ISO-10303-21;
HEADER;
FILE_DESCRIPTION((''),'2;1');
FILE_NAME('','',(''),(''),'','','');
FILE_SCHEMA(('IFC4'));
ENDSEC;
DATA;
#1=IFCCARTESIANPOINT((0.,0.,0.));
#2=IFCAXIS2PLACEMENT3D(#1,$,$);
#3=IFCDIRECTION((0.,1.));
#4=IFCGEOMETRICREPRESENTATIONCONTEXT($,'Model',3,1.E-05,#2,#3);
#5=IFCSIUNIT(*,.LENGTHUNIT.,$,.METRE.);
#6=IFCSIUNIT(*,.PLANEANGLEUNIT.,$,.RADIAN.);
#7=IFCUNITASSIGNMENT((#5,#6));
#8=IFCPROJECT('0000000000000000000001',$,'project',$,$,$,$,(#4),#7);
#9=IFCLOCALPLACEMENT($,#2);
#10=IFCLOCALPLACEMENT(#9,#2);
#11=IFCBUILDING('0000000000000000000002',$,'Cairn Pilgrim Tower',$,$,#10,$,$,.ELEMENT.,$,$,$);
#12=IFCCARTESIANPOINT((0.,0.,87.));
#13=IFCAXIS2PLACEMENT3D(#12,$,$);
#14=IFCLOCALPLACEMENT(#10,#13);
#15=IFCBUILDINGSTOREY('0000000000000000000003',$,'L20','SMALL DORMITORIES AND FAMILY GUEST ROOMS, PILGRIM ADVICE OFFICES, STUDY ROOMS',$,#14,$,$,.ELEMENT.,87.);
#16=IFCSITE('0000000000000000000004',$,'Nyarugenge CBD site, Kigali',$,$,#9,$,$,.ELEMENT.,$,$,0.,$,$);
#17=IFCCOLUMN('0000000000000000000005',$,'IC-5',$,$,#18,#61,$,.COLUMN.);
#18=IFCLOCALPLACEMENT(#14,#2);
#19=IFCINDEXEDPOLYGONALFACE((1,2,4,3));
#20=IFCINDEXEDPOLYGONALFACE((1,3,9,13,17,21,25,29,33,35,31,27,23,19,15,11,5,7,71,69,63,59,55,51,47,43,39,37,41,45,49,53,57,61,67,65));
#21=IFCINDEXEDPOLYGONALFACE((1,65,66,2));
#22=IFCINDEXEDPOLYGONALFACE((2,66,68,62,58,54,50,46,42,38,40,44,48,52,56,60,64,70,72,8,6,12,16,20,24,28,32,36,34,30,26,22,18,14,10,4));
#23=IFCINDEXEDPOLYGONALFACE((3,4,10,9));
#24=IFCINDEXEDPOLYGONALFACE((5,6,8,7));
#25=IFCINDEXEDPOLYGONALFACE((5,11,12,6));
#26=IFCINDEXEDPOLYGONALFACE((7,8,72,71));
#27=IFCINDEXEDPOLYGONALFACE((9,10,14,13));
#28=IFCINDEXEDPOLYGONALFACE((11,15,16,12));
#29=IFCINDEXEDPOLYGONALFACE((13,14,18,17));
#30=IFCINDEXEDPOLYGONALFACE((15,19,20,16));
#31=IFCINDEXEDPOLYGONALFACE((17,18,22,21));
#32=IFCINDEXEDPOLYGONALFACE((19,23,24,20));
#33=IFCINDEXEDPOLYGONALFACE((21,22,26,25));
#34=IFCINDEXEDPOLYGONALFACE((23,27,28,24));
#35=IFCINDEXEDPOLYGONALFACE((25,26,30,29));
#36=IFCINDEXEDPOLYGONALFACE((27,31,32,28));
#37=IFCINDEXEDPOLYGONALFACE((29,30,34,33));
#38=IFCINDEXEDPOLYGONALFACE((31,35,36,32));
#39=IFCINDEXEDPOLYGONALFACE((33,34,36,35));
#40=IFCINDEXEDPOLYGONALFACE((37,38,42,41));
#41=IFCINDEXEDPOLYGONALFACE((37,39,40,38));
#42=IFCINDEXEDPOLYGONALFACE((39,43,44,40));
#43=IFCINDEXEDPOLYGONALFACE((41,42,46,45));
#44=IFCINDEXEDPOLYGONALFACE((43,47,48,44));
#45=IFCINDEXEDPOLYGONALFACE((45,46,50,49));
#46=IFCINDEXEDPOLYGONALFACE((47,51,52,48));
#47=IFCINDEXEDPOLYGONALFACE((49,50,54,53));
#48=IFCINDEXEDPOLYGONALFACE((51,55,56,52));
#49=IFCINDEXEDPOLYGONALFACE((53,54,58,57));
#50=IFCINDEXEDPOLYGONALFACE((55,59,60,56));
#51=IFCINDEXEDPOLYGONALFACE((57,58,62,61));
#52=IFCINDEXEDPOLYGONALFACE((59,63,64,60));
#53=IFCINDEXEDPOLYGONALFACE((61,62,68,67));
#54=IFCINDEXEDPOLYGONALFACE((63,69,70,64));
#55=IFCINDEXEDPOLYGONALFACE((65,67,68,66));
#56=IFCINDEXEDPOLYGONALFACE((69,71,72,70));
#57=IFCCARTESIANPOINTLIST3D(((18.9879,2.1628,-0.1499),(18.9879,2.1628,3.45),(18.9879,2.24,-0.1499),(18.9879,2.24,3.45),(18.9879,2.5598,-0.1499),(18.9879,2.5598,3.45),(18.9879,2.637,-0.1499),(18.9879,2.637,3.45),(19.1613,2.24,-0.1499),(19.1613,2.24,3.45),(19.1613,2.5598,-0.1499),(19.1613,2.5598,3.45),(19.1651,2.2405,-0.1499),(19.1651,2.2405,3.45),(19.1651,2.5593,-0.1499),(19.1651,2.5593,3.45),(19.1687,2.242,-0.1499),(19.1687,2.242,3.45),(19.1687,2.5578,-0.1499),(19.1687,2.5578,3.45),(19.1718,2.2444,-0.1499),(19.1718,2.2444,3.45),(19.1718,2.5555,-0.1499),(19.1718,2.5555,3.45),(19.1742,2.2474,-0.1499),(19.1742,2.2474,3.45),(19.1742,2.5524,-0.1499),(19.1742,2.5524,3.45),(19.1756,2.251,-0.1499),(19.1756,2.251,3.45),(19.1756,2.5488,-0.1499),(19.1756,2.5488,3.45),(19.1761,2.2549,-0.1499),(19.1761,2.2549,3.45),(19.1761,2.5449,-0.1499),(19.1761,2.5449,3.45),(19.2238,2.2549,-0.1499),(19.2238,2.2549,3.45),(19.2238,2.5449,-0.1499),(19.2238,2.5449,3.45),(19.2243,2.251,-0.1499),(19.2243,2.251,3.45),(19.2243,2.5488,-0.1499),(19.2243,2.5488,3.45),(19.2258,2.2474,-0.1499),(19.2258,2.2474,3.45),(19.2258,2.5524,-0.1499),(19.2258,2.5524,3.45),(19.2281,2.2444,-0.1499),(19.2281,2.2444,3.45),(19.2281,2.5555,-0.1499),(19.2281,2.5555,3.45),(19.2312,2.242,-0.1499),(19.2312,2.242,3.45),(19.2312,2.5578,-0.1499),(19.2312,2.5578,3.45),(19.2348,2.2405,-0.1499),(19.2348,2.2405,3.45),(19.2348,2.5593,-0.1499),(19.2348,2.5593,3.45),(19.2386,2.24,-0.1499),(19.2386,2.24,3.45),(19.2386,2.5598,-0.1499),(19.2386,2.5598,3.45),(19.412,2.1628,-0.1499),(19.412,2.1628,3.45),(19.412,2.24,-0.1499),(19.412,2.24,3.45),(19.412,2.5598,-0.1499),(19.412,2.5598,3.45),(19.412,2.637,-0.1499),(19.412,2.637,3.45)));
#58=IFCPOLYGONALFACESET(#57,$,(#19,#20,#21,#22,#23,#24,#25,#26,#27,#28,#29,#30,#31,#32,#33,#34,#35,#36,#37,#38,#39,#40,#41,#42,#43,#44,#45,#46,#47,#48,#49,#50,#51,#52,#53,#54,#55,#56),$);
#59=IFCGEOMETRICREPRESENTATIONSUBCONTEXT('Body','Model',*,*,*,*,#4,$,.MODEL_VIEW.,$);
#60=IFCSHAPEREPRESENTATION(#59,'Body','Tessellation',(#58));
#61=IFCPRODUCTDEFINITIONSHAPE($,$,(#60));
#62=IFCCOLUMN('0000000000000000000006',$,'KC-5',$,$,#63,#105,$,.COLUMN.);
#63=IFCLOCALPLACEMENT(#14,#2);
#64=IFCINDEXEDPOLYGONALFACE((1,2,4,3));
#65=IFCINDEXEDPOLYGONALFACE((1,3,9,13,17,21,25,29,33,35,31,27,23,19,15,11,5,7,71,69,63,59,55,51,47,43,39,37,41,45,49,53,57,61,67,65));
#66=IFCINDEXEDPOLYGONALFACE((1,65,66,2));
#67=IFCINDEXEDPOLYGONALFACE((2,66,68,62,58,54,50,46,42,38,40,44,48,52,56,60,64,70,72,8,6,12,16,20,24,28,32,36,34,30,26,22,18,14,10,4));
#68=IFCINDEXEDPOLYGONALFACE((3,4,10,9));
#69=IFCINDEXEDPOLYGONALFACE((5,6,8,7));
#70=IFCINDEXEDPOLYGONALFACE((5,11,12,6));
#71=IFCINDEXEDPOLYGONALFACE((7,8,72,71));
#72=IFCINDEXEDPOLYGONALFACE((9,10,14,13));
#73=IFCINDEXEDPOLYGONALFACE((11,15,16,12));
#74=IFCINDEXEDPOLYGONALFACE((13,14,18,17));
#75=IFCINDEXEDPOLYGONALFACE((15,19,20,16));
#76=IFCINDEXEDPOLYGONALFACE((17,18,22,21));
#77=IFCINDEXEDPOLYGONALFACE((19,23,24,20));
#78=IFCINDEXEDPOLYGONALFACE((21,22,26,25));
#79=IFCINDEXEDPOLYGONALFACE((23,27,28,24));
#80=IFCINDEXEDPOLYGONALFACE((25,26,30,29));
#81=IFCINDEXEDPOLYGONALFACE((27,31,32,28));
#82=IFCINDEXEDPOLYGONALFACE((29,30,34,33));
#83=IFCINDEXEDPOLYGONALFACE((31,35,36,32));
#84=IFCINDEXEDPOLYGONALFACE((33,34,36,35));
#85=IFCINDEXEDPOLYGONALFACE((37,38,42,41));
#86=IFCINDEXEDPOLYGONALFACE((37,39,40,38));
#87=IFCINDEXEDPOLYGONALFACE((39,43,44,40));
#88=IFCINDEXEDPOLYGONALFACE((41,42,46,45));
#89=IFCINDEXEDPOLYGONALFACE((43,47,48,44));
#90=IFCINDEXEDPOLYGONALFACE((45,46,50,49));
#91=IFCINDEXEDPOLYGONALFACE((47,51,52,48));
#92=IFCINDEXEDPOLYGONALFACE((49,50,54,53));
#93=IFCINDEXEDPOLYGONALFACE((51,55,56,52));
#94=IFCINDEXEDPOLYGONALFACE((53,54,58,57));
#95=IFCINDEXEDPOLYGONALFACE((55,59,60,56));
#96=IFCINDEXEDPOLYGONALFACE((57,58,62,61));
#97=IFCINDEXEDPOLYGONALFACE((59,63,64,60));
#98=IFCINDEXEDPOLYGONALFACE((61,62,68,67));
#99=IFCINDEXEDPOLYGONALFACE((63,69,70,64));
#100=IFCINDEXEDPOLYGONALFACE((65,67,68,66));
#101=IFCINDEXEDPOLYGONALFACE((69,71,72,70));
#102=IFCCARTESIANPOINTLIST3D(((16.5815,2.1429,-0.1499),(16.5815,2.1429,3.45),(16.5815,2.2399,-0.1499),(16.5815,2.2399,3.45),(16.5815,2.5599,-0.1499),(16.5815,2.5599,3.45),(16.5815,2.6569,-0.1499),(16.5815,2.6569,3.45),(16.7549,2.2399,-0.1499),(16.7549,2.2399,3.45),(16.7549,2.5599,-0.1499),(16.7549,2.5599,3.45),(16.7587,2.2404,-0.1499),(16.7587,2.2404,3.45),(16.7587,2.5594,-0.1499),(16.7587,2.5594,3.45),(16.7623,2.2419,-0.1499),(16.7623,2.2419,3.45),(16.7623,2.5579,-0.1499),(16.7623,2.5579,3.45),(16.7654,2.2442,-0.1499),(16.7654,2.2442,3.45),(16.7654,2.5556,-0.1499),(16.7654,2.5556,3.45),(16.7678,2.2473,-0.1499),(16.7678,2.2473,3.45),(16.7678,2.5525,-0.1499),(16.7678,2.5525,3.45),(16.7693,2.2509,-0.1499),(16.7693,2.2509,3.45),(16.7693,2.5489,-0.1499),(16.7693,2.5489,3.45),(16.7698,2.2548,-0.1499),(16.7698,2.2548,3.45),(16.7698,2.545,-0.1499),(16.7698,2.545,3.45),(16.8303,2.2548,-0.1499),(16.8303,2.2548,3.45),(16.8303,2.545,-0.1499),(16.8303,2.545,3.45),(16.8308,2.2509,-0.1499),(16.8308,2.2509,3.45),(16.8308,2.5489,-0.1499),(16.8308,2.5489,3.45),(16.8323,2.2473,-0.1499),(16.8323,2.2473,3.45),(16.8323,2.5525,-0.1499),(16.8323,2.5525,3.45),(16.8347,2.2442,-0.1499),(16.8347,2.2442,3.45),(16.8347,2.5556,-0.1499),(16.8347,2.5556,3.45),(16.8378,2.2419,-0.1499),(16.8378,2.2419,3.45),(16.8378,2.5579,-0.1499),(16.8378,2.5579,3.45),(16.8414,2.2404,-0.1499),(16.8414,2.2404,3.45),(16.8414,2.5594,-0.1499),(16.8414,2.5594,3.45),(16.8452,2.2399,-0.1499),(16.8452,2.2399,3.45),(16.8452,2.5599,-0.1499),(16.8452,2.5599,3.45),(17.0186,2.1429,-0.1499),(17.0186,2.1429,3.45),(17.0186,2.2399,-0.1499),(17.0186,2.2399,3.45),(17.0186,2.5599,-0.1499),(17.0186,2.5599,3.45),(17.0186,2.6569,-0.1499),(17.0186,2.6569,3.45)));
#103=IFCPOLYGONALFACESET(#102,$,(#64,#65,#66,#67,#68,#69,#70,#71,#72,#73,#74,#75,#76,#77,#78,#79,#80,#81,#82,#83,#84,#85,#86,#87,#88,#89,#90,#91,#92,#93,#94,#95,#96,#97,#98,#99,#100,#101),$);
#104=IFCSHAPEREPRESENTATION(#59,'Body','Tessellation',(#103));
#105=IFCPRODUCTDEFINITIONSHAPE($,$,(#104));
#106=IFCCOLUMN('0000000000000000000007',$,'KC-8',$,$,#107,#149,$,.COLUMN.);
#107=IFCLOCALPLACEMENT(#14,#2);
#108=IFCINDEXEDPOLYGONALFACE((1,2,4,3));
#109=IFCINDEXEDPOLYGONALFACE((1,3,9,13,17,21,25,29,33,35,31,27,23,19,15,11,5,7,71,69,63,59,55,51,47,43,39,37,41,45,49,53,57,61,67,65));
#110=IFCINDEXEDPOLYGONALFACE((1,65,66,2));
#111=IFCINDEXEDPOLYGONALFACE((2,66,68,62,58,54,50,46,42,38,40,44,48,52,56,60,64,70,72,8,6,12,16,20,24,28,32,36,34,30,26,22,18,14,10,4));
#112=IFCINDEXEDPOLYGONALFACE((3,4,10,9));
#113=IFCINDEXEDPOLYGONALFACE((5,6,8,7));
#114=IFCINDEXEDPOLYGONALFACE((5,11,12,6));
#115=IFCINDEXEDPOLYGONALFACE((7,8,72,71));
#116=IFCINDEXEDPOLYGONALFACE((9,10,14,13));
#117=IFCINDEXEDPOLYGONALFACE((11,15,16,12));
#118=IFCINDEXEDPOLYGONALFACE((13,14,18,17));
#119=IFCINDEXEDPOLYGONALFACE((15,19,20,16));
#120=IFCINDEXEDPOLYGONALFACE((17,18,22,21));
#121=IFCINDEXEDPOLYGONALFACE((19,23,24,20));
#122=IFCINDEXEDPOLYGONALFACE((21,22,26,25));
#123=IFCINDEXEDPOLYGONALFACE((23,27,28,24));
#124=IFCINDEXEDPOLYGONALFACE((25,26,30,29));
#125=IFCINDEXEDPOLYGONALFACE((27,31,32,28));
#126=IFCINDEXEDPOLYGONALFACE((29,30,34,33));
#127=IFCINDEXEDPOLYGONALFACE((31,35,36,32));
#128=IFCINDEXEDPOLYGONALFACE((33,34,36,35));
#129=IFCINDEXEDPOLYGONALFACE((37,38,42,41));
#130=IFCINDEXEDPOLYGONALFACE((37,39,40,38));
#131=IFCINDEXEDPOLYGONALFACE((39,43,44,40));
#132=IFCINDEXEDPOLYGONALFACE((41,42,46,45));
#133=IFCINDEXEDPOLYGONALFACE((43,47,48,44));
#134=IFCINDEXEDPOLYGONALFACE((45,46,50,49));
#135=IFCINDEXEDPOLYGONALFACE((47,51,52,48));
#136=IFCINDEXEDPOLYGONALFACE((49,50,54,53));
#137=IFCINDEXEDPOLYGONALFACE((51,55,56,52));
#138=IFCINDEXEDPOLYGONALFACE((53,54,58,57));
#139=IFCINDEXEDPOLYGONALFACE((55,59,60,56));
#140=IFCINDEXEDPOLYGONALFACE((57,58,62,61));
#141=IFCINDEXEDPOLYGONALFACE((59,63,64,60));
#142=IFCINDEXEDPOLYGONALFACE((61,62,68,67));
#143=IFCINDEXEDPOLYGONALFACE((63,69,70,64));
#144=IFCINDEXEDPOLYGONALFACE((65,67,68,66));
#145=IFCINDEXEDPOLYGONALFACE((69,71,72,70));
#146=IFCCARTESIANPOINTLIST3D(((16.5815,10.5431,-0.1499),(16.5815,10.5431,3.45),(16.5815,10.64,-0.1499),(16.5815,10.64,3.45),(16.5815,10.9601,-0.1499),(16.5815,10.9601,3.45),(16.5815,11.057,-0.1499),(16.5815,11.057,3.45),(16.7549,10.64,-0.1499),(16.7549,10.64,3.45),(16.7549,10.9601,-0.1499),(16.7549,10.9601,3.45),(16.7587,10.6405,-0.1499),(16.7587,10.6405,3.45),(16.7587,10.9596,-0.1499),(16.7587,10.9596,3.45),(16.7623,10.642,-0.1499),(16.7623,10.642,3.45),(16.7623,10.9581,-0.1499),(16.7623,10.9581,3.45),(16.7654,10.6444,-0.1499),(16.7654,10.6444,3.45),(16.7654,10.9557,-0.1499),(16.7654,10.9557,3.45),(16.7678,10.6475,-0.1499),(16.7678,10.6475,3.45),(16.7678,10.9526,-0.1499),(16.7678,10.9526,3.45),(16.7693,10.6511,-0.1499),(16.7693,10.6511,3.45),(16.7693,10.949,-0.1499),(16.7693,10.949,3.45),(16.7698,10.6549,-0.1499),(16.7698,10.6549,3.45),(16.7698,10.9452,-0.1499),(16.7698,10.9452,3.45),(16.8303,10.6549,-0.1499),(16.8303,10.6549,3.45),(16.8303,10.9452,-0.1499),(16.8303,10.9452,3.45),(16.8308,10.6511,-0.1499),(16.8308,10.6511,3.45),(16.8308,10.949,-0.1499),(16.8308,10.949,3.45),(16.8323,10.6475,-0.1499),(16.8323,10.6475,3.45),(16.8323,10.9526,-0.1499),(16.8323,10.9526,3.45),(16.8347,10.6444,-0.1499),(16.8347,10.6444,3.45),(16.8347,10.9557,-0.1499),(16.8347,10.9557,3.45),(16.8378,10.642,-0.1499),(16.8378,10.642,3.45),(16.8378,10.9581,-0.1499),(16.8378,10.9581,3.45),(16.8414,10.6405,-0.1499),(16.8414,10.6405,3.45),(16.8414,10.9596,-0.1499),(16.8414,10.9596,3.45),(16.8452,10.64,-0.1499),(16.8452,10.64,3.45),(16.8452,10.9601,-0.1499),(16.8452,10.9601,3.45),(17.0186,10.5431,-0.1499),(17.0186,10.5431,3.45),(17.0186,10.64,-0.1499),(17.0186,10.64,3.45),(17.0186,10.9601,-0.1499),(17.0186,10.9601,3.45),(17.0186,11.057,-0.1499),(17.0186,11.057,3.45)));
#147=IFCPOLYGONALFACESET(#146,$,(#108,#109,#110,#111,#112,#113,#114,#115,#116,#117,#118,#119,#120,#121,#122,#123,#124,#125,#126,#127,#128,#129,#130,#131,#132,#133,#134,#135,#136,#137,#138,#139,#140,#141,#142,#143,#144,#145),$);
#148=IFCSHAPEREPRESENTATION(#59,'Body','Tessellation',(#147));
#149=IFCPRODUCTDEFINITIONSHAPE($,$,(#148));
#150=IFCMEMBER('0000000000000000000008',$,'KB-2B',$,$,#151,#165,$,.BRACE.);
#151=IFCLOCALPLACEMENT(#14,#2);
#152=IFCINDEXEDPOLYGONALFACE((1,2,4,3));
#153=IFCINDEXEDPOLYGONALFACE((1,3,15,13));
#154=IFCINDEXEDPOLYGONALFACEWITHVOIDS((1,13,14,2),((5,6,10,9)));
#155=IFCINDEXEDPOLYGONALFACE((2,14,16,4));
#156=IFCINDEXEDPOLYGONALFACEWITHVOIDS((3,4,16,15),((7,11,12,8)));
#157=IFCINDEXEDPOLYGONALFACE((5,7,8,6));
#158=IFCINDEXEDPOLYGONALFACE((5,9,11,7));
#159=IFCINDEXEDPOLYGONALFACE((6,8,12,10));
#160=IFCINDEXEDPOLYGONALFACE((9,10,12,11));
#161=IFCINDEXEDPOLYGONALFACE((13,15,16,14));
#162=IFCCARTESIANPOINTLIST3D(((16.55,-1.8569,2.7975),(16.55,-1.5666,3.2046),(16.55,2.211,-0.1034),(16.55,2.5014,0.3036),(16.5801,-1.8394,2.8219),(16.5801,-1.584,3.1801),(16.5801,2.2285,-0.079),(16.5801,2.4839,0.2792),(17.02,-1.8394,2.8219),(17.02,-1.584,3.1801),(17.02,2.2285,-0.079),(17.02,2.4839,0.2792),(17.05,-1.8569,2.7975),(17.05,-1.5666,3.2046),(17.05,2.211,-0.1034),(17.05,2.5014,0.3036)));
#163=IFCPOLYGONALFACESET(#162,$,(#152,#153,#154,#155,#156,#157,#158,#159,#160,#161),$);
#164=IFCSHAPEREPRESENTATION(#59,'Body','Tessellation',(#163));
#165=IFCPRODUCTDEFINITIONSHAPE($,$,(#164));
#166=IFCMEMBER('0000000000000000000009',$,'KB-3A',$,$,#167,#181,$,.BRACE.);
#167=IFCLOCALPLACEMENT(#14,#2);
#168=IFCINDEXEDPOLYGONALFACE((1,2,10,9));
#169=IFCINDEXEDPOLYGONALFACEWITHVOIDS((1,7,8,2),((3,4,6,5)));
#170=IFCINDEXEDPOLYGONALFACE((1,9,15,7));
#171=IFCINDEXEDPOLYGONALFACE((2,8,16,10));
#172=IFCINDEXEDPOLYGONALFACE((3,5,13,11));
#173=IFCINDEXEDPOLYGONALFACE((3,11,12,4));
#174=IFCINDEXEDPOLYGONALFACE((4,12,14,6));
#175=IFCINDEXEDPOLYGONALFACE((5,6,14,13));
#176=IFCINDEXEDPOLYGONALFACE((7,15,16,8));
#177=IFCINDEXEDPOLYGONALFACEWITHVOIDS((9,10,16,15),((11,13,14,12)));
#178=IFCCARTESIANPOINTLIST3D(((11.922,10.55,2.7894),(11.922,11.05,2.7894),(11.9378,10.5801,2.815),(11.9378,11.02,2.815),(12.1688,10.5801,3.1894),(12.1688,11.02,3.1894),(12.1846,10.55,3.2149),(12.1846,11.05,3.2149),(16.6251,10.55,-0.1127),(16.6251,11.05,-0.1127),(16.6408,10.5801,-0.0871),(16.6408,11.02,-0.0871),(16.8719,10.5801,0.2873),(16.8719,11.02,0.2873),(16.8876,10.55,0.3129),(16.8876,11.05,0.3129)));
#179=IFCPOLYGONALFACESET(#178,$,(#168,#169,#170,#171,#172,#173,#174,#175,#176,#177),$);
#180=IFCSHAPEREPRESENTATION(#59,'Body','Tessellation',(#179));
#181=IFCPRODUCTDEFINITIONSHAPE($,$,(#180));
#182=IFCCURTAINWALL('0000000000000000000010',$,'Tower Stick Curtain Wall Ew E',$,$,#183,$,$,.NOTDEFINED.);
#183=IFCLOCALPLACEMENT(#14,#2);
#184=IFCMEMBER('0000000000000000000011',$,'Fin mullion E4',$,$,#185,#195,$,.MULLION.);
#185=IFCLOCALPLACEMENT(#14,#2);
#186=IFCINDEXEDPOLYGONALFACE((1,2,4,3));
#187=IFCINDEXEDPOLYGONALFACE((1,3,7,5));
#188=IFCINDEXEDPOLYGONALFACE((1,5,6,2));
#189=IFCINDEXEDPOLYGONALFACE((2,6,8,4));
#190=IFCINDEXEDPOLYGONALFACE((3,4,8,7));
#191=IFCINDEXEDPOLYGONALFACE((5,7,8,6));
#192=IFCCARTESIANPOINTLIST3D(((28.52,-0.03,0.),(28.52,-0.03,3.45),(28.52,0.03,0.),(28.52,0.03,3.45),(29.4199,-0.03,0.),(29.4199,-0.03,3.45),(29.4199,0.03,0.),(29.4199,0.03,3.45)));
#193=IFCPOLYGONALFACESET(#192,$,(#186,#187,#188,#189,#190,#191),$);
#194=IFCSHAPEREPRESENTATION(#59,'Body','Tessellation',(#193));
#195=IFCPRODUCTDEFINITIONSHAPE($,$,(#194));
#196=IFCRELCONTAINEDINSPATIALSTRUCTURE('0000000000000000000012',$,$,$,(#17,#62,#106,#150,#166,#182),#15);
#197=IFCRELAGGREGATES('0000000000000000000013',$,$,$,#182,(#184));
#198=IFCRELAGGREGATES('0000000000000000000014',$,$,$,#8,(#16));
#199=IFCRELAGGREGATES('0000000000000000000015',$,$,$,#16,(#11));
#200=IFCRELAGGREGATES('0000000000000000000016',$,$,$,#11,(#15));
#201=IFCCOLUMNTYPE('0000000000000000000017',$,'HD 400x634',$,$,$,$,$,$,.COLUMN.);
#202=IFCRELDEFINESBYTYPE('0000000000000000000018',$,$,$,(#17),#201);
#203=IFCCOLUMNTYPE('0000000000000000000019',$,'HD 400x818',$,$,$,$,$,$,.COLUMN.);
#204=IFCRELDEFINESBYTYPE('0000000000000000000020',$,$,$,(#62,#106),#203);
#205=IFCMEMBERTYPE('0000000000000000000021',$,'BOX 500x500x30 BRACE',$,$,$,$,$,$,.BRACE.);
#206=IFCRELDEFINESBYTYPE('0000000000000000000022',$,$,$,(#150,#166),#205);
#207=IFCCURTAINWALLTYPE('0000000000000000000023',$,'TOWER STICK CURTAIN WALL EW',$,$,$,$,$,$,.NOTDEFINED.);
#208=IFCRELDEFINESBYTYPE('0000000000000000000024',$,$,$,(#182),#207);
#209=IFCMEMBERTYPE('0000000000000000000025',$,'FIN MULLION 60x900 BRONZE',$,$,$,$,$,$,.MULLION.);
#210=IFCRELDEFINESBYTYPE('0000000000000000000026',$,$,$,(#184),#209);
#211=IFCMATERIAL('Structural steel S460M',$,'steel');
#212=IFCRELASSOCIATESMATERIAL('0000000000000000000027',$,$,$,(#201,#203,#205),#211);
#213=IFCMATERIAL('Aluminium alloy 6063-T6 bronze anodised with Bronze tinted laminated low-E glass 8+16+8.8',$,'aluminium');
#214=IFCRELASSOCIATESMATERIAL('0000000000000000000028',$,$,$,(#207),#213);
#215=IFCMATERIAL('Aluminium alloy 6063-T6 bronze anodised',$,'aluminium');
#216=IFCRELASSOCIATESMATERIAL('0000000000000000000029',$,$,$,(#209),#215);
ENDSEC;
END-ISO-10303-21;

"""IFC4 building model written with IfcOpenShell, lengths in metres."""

from ifc_helpers import new_model, si_unit, direction, frame, origin, origin_2d, place, context, subcontext, project, spatial, rectangle, hollow_rectangle, i_section, extrude, material, material_profile, profile_set, type_object, element, aggregate, save


model = new_model("IFC4")

# Units and contexts
model_context = context("Model", 3, precision=1e-05, world=origin(), true_north=direction((0.0, 1.0)))
body_context = subcontext(model_context, "Body", "Model", "MODEL_VIEW")
ifc_project = project(units=[si_unit("LENGTHUNIT", "METRE"), si_unit("PLANEANGLEUNIT", "RADIAN")], contexts=[model_context])

# Site, building, storey
site_placement = place(None, origin())
site = spatial("IfcSite", under=ifc_project, at=site_placement, Name="Nyarugenge CBD site, Kigali", CompositionType="ELEMENT", RefElevation=0.0)
building_placement = place(site_placement, origin())
building = spatial("IfcBuilding", under=site, at=building_placement, Name="Cairn Pilgrim Tower", CompositionType="ELEMENT")
storey_placement = place(building_placement, frame((0.0, 0.0, 87.0)))
storey = spatial("IfcBuildingStorey", under=building, at=storey_placement, Name="L20", Description="SMALL DORMITORIES AND FAMILY GUEST ROOMS, PILGRIM ADVICE OFFICES, STUDY ROOMS", CompositionType="ELEMENT", Elevation=87.0)

# Columns
ifc_material_1 = material(Name="Structural steel S460M", Category="steel")
ifc_material_profile_1 = material_profile(ifc_material_1, i_section(OverallWidth=0.4241, OverallDepth=0.4741, WebThickness=0.0476, FlangeThickness=0.0771, FilletRadius=0.0149, at=origin_2d()), Name="HD 400x634")
ifc_profile_set_1 = profile_set([ifc_material_profile_1], Name="Structural steel S460M")
column_type_1 = type_object("IfcColumnType", Name="HD 400x634", PredefinedType="COLUMN", material=ifc_profile_set_1)
column_1_placement = place(storey_placement, frame((19.2, 2.3999, -0.1499), z_axis=(0.0, 0.0, 1.0), x_axis=(1.0, 0.0, 0.0)))
element("IfcColumn", 1, at=column_1_placement, inside=storey, type_object=column_type_1, Name="IC-5", PredefinedType="COLUMN", context=body_context, shape_type="SweptSolid", body=[
    extrude(i_section(OverallWidth=0.4241, OverallDepth=0.4741, WebThickness=0.0476, FlangeThickness=0.0771, FilletRadius=0.0149, at=origin_2d()), origin(), (0.0, 0.0, 1.0), 3.5999),
])
ifc_material_profile_2 = material_profile(ifc_material_1, i_section(OverallWidth=0.437, OverallDepth=0.5139, WebThickness=0.0605, FlangeThickness=0.0969, FilletRadius=0.0149, at=origin_2d()), Name="HD 400x818")
ifc_profile_set_2 = profile_set([ifc_material_profile_2], Name="Structural steel S460M")
column_type_2 = type_object("IfcColumnType", Name="HD 400x818", PredefinedType="COLUMN", material=ifc_profile_set_2)
for number, where, z_axis, x_axis, name in (
    (2, (16.8, 2.3999, -0.1499), (0.0, 0.0, 1.0), (1.0, 0.0, 0.0), "KC-5"),
    (3, (16.8, 10.8, -0.1499), (0.0, 0.0, 1.0), (1.0, 0.0, 0.0), "KC-8"),
):
    element("IfcColumn", number, at=place(storey_placement, frame(where, z_axis=z_axis, x_axis=x_axis)), inside=storey, type_object=column_type_2, Name=name, PredefinedType="COLUMN", context=body_context, shape_type="SweptSolid", body=[
        extrude(i_section(OverallWidth=0.437, OverallDepth=0.5139, WebThickness=0.0605, FlangeThickness=0.0969, FilletRadius=0.0149, at=origin_2d()), origin(), (0.0, 0.0, 1.0), 3.5999),
    ])

# Members
ifc_material_profile_3 = material_profile(ifc_material_1, hollow_rectangle(XDim=0.5, YDim=0.5, WallThickness=0.03, at=origin_2d()), Name="BOX 500x500x30")
ifc_profile_set_3 = profile_set([ifc_material_profile_3], Name="Structural steel S460M")
member_type_1 = type_object("IfcMemberType", Name="BOX 500x500x30 BRACE", PredefinedType="BRACE", material=ifc_profile_set_3)
member_1_placement = place(storey_placement, frame((16.8, 2.3562, 0.1001), z_axis=(0.0, -0.814182, 0.580609), x_axis=(1.0, 0.0, 0.0)))
element("IfcMember", 4, at=member_1_placement, inside=storey, type_object=member_type_1, Name="KB-2B", PredefinedType="BRACE", context=body_context, shape_type="SweptSolid", body=[
    extrude(hollow_rectangle(XDim=0.5, YDim=0.5, WallThickness=0.03, at=origin_2d()), origin(), (0.0, 0.0, 1.0), 4.9963),
])
member_2_placement = place(storey_placement, frame((16.7563, 10.8, 0.1001), z_axis=(-0.851022, 0.0, 0.52513), x_axis=(0.0, -1.0, 0.0)))
element("IfcMember", 5, at=member_2_placement, inside=storey, type_object=member_type_1, Name="KB-3A", PredefinedType="BRACE", context=body_context, shape_type="SweptSolid", body=[
    extrude(hollow_rectangle(XDim=0.5, YDim=0.5, WallThickness=0.03, at=origin_2d()), origin(), (0.0, 0.0, 1.0), 5.5264),
])

# Curtain wall, member
ifc_material_2 = material(Name="Aluminium alloy 6063-T6 bronze anodised with Bronze tinted laminated low-E glass 8+16+8.8", Category="aluminium")
curtain_wall_type = type_object("IfcCurtainWallType", Name="TOWER STICK CURTAIN WALL EW", PredefinedType="NOTDEFINED", material=ifc_material_2)
curtain_wall_placement = place(storey_placement, origin())
curtain_wall = element("IfcCurtainWall", 6, at=curtain_wall_placement, inside=storey, type_object=curtain_wall_type, Name="Tower Stick Curtain Wall Ew E", PredefinedType="NOTDEFINED")
ifc_material_3 = material(Name="Aluminium alloy 6063-T6 bronze anodised", Category="aluminium")
ifc_material_profile_4 = material_profile(ifc_material_3, rectangle(XDim=0.8999, YDim=0.0601, at=origin_2d()), Name="FIN MULLION 60x900 BRONZE")
ifc_profile_set_4 = profile_set([ifc_material_profile_4], Name="Aluminium alloy 6063-T6 bronze anodised")
member_type_2 = type_object("IfcMemberType", Name="FIN MULLION 60x900 BRONZE", PredefinedType="MULLION", material=ifc_profile_set_4)
member_3_placement = place(storey_placement, frame((28.97, 0.0, 0.0), z_axis=(0.0, 0.0, 1.0), x_axis=(1.0, 0.0, 0.0)))
member_3 = element("IfcMember", 7, at=member_3_placement, type_object=member_type_2, Name="Fin mullion E4", PredefinedType="MULLION", context=body_context, shape_type="SweptSolid", body=[
    extrude(rectangle(XDim=0.8999, YDim=0.0601, at=origin_2d()), origin(), (0.0, 0.0, 1.0), 3.45),
])

aggregate(curtain_wall, [member_3])

save(model, "model.ifc")
